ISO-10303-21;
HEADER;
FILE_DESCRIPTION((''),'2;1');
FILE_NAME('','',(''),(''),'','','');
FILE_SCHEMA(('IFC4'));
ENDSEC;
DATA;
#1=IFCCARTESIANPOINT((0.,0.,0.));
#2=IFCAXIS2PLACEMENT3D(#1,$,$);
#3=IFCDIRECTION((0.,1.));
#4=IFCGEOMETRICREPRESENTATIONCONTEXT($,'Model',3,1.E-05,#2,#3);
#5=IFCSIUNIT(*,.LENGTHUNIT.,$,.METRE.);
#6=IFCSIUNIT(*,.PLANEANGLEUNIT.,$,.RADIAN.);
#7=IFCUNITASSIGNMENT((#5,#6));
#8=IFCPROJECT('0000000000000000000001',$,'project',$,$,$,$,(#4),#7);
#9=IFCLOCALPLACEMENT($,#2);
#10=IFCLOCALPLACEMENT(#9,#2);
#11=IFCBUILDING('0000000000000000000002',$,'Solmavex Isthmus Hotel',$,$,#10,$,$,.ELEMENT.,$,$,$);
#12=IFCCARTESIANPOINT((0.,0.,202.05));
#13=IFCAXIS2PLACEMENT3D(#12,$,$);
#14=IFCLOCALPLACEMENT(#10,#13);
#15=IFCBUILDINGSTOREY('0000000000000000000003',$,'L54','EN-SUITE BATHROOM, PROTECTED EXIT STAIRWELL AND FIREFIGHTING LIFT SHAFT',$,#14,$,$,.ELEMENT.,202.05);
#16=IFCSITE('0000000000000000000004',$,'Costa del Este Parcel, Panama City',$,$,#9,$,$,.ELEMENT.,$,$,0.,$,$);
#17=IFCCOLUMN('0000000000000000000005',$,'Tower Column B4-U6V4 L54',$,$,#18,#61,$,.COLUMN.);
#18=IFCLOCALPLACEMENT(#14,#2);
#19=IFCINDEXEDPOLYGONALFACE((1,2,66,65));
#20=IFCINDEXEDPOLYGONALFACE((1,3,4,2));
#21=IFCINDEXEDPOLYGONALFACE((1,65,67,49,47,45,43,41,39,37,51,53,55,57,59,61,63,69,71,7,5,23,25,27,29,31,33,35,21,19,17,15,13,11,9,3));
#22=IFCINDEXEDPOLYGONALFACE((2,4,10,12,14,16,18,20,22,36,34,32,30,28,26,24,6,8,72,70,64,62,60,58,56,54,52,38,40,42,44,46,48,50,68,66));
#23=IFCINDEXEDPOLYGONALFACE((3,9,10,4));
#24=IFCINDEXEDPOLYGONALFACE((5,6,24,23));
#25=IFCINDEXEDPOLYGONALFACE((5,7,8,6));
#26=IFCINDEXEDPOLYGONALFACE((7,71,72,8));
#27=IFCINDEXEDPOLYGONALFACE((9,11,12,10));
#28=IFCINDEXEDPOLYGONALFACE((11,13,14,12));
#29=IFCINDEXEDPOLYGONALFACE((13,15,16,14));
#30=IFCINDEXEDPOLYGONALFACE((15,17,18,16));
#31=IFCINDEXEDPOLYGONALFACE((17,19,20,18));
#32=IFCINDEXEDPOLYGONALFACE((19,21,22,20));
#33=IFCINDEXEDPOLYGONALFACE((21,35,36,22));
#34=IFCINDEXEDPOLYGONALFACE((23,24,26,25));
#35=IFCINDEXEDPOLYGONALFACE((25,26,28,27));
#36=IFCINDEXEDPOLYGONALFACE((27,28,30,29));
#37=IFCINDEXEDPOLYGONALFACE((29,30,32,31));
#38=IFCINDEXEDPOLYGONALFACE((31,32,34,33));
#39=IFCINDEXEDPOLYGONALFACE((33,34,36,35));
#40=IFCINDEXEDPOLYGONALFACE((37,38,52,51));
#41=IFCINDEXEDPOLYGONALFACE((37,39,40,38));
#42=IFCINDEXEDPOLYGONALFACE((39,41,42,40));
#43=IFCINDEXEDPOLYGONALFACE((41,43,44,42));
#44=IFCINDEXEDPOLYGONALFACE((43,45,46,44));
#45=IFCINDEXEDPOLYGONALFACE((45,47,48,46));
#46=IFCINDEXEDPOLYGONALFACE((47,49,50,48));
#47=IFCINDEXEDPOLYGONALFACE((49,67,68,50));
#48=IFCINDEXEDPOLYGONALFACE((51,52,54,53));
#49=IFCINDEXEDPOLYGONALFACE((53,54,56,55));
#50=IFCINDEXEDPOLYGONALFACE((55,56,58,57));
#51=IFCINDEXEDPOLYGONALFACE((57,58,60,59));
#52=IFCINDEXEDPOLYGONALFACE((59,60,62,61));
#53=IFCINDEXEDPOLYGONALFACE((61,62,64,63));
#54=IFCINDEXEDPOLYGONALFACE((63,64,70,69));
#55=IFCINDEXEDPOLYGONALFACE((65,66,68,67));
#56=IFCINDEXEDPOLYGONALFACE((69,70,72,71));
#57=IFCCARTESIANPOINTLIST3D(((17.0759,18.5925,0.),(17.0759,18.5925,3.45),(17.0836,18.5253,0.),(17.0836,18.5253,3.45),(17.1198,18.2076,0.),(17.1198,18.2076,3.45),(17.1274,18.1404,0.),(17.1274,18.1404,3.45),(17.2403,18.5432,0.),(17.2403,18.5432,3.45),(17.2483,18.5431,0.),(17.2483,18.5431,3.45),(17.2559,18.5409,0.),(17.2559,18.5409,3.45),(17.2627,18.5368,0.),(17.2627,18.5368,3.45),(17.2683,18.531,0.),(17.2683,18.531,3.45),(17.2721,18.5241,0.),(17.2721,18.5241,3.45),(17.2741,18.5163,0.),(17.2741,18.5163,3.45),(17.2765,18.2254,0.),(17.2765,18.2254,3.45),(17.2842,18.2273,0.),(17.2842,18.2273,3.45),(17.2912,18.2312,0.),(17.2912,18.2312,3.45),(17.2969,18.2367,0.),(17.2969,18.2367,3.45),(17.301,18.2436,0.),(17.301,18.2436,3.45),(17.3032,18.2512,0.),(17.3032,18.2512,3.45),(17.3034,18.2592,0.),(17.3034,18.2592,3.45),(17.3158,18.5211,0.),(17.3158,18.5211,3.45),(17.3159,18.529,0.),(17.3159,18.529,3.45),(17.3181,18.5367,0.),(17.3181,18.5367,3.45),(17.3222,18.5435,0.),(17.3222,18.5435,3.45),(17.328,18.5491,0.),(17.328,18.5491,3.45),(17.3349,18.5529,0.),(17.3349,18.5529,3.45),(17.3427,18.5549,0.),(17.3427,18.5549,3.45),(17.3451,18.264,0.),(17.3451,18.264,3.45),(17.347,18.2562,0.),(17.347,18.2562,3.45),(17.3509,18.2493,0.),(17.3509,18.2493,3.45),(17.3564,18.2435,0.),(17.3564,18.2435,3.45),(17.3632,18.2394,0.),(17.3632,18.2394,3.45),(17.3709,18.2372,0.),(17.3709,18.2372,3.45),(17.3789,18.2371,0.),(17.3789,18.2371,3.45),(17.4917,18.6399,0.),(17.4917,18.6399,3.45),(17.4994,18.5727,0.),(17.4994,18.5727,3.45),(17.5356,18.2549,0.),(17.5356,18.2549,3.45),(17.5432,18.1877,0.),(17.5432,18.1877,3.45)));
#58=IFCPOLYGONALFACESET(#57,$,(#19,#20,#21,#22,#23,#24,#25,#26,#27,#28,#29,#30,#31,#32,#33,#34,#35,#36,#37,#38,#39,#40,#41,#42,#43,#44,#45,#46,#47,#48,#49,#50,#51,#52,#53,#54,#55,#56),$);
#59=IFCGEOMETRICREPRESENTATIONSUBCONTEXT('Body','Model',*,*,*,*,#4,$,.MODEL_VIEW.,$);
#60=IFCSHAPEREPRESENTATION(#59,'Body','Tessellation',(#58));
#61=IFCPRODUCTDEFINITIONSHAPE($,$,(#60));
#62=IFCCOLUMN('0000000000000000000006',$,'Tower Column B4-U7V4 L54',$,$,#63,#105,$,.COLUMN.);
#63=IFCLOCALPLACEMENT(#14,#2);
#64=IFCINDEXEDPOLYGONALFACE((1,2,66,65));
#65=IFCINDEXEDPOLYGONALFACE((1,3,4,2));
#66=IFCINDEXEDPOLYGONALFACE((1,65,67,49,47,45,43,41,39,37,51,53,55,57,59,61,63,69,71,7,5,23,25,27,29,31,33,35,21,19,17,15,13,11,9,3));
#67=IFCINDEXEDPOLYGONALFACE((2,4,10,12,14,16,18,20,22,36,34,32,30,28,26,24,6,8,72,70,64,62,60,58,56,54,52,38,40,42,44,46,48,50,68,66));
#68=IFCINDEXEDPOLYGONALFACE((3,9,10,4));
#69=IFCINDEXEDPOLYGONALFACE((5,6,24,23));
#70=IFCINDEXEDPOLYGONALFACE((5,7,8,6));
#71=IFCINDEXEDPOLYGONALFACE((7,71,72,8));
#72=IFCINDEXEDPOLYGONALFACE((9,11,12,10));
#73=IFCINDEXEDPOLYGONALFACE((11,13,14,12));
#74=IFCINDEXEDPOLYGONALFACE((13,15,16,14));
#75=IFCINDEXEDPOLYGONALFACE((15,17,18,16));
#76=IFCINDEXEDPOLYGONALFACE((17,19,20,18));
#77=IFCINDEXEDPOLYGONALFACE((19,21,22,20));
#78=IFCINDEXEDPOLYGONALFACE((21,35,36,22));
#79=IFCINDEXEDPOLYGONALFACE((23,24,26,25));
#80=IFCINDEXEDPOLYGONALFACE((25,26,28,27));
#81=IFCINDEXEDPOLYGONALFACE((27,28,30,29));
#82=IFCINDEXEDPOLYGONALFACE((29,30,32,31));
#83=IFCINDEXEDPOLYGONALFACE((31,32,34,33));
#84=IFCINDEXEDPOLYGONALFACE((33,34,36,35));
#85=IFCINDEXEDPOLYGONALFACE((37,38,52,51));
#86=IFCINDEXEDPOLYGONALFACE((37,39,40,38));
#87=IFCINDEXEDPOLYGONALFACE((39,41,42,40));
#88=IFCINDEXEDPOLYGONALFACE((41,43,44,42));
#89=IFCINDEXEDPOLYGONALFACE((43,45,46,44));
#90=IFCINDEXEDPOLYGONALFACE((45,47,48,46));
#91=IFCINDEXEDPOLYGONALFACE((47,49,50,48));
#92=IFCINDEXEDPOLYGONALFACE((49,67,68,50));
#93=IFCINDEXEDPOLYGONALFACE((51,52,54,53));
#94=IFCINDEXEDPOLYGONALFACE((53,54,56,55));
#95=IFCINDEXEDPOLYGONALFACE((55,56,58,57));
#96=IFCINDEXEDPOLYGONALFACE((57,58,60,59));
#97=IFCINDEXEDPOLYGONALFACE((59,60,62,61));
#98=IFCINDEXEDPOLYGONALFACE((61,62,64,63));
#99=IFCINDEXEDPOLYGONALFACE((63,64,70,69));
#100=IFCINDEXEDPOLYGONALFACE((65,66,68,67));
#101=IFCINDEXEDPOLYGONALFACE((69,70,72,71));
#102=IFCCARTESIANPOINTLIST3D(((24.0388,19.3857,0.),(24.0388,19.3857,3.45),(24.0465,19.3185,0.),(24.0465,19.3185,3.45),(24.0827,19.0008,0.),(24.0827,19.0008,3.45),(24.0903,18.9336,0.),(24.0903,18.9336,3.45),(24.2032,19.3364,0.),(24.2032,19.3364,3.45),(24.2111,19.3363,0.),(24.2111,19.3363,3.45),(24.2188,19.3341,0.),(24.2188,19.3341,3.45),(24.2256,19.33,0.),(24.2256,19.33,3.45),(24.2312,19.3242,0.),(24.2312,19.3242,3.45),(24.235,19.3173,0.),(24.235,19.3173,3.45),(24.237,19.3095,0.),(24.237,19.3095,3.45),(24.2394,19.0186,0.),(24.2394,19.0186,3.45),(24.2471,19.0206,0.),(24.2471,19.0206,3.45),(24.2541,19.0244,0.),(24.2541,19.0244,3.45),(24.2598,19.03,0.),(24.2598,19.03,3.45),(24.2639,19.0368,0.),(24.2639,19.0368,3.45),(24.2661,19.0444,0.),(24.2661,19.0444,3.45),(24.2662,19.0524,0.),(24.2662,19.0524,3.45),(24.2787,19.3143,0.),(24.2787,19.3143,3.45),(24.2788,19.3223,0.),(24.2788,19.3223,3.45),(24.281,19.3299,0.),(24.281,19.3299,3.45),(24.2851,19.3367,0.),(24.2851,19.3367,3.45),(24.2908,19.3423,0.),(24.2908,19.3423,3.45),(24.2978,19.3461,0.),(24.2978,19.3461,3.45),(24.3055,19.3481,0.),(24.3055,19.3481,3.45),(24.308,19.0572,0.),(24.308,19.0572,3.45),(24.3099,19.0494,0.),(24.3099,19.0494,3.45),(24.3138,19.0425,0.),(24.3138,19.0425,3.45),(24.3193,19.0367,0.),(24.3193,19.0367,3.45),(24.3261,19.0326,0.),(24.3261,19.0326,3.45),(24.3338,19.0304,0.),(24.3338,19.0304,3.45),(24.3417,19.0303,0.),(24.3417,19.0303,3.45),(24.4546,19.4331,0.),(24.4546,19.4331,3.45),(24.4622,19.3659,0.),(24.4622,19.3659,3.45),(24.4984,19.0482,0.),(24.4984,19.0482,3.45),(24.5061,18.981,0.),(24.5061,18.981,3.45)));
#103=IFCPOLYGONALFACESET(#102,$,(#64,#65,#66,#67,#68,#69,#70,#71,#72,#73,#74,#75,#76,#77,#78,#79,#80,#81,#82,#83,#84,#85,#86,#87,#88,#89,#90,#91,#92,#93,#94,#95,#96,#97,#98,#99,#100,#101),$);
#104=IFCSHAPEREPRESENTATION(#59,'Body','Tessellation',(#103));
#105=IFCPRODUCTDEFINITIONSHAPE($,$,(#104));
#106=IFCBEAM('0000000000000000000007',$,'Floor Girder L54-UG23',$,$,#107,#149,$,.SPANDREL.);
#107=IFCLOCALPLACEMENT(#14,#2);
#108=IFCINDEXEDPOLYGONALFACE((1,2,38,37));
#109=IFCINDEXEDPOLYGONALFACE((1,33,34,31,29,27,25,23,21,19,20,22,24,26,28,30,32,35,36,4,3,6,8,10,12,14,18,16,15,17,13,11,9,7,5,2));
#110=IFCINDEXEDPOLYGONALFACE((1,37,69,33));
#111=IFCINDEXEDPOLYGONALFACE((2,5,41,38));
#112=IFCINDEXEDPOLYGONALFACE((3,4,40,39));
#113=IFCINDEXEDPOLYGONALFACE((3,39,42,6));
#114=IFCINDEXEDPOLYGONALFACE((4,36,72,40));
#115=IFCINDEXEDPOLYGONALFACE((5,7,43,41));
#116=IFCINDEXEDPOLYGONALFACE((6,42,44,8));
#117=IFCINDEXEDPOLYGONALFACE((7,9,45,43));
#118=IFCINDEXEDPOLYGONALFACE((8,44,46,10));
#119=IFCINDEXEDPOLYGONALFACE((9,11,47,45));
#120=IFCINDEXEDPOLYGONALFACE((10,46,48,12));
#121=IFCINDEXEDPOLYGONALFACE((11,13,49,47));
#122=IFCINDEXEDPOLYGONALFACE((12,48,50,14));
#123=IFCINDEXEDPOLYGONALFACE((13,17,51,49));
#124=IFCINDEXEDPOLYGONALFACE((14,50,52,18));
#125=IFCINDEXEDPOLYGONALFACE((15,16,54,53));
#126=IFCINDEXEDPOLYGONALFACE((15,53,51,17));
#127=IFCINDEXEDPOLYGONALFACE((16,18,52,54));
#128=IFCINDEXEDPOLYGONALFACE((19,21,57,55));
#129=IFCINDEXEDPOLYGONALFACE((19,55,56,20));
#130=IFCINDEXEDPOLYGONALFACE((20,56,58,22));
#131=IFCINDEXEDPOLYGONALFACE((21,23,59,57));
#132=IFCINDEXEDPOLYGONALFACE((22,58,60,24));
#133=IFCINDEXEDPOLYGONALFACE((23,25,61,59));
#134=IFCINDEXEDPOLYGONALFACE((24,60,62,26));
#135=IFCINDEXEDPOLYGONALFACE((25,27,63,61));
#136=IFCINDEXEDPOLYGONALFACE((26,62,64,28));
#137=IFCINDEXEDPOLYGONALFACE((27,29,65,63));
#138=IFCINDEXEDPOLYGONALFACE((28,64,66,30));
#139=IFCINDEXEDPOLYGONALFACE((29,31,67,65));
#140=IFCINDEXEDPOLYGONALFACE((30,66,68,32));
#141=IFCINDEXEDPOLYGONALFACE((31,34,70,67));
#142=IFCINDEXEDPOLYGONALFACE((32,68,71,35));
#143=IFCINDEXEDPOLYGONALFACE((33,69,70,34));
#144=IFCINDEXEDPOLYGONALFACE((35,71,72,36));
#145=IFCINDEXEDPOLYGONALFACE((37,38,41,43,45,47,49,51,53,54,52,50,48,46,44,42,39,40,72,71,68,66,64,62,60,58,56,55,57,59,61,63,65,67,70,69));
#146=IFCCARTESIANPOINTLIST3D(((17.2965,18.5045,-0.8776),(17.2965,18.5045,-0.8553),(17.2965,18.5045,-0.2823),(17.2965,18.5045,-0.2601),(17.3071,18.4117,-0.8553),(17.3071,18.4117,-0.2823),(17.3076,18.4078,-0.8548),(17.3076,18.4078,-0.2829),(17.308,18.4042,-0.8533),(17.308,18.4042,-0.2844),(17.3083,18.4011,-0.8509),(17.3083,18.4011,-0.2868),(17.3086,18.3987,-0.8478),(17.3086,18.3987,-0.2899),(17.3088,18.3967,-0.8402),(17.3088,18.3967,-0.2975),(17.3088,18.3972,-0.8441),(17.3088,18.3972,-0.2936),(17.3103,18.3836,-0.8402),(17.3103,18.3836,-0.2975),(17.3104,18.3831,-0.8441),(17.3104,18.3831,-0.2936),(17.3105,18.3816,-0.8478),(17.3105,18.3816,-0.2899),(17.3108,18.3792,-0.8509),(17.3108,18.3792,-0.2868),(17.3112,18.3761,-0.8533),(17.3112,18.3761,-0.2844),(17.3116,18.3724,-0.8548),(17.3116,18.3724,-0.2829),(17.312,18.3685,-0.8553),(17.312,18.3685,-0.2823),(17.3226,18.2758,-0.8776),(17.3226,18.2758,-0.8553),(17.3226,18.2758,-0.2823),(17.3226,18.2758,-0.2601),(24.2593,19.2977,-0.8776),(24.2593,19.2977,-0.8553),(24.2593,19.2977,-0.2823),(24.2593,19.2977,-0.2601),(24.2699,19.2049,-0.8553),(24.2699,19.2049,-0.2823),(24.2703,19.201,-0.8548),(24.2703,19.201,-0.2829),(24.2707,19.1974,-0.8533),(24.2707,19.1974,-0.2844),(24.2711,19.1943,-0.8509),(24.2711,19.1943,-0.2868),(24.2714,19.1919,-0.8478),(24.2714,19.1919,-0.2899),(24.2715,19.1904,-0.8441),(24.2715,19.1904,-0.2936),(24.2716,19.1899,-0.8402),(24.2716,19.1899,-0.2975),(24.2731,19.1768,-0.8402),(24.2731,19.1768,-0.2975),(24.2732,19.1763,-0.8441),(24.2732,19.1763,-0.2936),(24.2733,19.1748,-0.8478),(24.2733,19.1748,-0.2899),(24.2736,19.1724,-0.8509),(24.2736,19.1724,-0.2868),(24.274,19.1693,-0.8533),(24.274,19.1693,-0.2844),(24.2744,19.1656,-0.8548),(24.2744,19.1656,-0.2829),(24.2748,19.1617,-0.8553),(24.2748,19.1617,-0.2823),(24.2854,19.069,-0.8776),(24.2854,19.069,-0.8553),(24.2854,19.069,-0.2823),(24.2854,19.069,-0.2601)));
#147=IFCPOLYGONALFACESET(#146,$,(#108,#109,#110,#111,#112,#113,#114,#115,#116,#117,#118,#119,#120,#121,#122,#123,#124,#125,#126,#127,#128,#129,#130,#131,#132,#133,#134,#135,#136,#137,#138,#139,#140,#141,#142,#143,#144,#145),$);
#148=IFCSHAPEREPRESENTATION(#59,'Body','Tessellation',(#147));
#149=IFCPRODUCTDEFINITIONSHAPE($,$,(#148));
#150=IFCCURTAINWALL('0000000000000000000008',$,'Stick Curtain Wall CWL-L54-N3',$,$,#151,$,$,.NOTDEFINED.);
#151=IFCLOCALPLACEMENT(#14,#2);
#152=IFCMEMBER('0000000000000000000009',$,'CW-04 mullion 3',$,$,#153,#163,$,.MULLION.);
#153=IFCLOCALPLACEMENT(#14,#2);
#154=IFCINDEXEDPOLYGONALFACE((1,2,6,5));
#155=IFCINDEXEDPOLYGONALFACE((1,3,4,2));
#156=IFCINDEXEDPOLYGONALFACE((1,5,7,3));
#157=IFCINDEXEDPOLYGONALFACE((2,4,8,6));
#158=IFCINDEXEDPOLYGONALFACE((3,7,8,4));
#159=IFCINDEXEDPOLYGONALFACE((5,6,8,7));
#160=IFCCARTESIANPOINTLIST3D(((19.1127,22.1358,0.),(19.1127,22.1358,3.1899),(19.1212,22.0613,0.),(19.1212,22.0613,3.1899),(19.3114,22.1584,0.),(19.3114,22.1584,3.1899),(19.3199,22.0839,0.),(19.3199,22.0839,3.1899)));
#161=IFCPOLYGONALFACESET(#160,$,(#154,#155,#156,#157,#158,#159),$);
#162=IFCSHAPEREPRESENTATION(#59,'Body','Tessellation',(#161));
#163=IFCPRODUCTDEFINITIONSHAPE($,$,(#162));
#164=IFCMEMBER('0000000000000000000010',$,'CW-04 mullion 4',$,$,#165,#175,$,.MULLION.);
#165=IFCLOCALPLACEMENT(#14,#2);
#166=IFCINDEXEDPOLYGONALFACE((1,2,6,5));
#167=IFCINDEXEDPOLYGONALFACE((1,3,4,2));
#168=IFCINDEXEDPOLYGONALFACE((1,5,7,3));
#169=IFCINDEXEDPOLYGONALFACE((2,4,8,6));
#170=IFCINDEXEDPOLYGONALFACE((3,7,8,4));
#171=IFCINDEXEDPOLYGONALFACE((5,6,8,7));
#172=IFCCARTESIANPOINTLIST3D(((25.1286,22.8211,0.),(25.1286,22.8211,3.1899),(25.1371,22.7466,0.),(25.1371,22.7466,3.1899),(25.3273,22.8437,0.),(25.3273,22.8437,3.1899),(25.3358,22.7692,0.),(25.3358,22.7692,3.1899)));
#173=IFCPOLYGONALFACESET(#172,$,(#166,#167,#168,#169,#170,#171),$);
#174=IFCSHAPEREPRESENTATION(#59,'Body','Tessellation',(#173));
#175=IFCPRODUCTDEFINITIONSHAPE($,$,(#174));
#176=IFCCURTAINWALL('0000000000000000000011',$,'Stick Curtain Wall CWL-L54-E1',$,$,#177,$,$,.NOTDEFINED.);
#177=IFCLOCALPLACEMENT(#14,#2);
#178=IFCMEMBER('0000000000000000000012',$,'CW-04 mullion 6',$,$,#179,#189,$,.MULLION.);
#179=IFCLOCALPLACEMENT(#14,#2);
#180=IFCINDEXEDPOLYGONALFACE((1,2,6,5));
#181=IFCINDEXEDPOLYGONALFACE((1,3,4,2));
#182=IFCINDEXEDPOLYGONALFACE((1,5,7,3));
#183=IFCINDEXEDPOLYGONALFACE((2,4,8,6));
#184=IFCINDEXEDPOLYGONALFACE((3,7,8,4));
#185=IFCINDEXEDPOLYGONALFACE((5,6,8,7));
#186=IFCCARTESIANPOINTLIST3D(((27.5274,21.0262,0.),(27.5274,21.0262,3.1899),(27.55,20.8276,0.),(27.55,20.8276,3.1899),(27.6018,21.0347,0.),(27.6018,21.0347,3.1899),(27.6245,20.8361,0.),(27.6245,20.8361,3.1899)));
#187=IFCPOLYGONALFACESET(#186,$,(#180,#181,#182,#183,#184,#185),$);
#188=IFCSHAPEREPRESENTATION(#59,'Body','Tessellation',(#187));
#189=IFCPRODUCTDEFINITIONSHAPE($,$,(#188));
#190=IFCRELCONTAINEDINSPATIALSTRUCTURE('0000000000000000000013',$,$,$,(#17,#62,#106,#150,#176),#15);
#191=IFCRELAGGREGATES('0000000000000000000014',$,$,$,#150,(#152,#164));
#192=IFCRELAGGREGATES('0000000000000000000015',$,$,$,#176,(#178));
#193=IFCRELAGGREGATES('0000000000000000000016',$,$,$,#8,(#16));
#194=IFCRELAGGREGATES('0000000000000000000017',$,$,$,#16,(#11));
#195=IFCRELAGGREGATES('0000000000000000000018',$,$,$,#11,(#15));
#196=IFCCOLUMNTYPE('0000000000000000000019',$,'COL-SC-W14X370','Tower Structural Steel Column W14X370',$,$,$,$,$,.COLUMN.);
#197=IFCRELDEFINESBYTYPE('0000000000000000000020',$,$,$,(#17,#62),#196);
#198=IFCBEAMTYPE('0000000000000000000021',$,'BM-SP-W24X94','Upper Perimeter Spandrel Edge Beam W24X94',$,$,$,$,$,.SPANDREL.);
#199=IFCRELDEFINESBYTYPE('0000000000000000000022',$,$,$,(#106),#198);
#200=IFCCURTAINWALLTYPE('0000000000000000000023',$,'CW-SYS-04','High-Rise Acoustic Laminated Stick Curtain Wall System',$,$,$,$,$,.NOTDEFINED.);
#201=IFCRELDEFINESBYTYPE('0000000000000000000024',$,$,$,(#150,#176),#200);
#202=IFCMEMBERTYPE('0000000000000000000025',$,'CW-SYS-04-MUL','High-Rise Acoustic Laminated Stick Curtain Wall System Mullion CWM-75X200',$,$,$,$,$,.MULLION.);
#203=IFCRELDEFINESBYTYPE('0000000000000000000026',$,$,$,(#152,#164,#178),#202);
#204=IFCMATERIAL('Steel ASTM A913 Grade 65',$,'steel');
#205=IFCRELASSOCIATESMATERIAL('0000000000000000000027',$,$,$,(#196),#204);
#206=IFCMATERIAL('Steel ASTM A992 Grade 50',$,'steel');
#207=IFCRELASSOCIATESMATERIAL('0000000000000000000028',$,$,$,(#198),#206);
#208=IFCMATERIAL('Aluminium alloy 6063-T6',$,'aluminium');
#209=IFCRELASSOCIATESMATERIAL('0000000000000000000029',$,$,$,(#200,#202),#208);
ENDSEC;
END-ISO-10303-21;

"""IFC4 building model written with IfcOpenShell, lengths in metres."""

from ifc_helpers import new_model, si_unit, direction, frame, origin, origin_2d, place, context, subcontext, project, spatial, rectangle, i_section, extrude, material, material_profile, profile_set, type_object, element, aggregate, save


model = new_model("IFC4")

# Units and contexts
model_context = context("Model", 3, precision=1e-05, world=origin(), true_north=direction((0.0, 1.0)))
body_context = subcontext(model_context, "Body", "Model", "MODEL_VIEW")
ifc_project = project(units=[si_unit("LENGTHUNIT", "METRE"), si_unit("PLANEANGLEUNIT", "RADIAN")], contexts=[model_context])

# Site, building, storey
site_placement = place(None, origin())
site = spatial("IfcSite", under=ifc_project, at=site_placement, Name="Costa del Este Parcel, Panama City", CompositionType="ELEMENT", RefElevation=0.0)
building_placement = place(site_placement, origin())
building = spatial("IfcBuilding", under=site, at=building_placement, Name="Solmavex Isthmus Hotel", CompositionType="ELEMENT")
storey_placement = place(building_placement, frame((0.0, 0.0, 202.05)))
storey = spatial("IfcBuildingStorey", under=building, at=storey_placement, Name="L54", Description="EN-SUITE BATHROOM, PROTECTED EXIT STAIRWELL AND FIREFIGHTING LIFT SHAFT", CompositionType="ELEMENT", Elevation=202.05)

# Columns
ifc_material_1 = material(Name="Steel ASTM A913 Grade 65", Category="steel")
ifc_material_profile_1 = material_profile(ifc_material_1, i_section(OverallWidth=0.4185, OverallDepth=0.4551, WebThickness=0.042, FlangeThickness=0.0676, FilletRadius=0.0305, at=origin_2d()), Name="W14X370")
ifc_profile_set_1 = profile_set([ifc_material_profile_1], Name="Steel ASTM A913 Grade 65")
column_type = type_object("IfcColumnType", Name="COL-SC-W14X370", Description="Tower Structural Steel Column W14X370", PredefinedType="COLUMN", material=ifc_profile_set_1)
for number, where, z_axis, x_axis, name in (
    (1, (17.3096, 18.3901, 0.0), (0.0, 0.0, 1.0), (0.993572, 0.113203, 0.0), "Tower Column B4-U6V4 L54"),
    (2, (24.2725, 19.1833, 0.0), (0.0, 0.0, 1.0), (0.993572, 0.113203, 0.0), "Tower Column B4-U7V4 L54"),
):
    element("IfcColumn", number, at=place(storey_placement, frame(where, z_axis=z_axis, x_axis=x_axis)), inside=storey, type_object=column_type, Name=name, PredefinedType="COLUMN", context=body_context, shape_type="SweptSolid", body=[
        extrude(i_section(OverallWidth=0.4185, OverallDepth=0.4551, WebThickness=0.042, FlangeThickness=0.0676, FilletRadius=0.0305, at=origin_2d()), origin(), (0.0, 0.0, 1.0), 3.45),
    ])

# Beam
ifc_material_2 = material(Name="Steel ASTM A992 Grade 50", Category="steel")
ifc_material_profile_2 = material_profile(ifc_material_2, i_section(OverallWidth=0.2302, OverallDepth=0.6174, WebThickness=0.0132, FlangeThickness=0.0222, FilletRadius=0.0151, at=origin_2d()), Name="W24X94")
ifc_profile_set_2 = profile_set([ifc_material_profile_2], Name="Steel ASTM A992 Grade 50")
beam_type = type_object("IfcBeamType", Name="BM-SP-W24X94", Description="Upper Perimeter Spandrel Edge Beam W24X94", PredefinedType="SPANDREL", material=ifc_profile_set_2)
beam_placement = place(storey_placement, frame((17.3096, 18.3901, -0.5688), z_axis=(0.993574, 0.113188, 0.0), x_axis=(-0.113188, 0.993574, 0.0)))
element("IfcBeam", 3, at=beam_placement, inside=storey, type_object=beam_type, Name="Floor Girder L54-UG23", PredefinedType="SPANDREL", context=body_context, shape_type="SweptSolid", body=[
    extrude(i_section(OverallWidth=0.2302, OverallDepth=0.6174, WebThickness=0.0132, FlangeThickness=0.0222, FilletRadius=0.0151, at=origin_2d()), origin(), (0.0, 0.0, 1.0), 7.0078),
])

# Curtain wall, members
ifc_material_3 = material(Name="Aluminium alloy 6063-T6", Category="aluminium")
curtain_wall_type = type_object("IfcCurtainWallType", Name="CW-SYS-04", Description="High-Rise Acoustic Laminated Stick Curtain Wall System", PredefinedType="NOTDEFINED", material=ifc_material_3)
curtain_wall_1_placement = place(storey_placement, origin())
curtain_wall_1 = element("IfcCurtainWall", 4, at=curtain_wall_1_placement, inside=storey, type_object=curtain_wall_type, Name="Stick Curtain Wall CWL-L54-N3", PredefinedType="NOTDEFINED")
ifc_material_profile_3 = material_profile(ifc_material_3, rectangle(XDim=0.075, YDim=0.2, at=origin_2d()), Name="CWM-75X200")
ifc_profile_set_3 = profile_set([ifc_material_profile_3], Name="Aluminium alloy 6063-T6")
member_type_1 = type_object("IfcMemberType", Name="CW-SYS-04-MUL", Description="High-Rise Acoustic Laminated Stick Curtain Wall System Mullion CWM-75X200", PredefinedType="MULLION", material=ifc_profile_set_3)
member_1_placement = place(storey_placement, frame((19.2163, 22.1099, 0.0), z_axis=(0.0, 0.0, 1.0), x_axis=(-0.113203, 0.993572, 0.0)))
member_1 = element("IfcMember", 5, at=member_1_placement, type_object=member_type_1, Name="CW-04 mullion 3", PredefinedType="MULLION", context=body_context, shape_type="SweptSolid", body=[
    extrude(rectangle(XDim=0.075, YDim=0.2, at=origin_2d()), origin(), (0.0, 0.0, 1.0), 3.1899),
])
member_2_placement = place(storey_placement, frame((25.2322, 22.7952, 0.0), z_axis=(0.0, 0.0, 1.0), x_axis=(-0.113203, 0.993572, 0.0)))
member_2 = element("IfcMember", 6, at=member_2_placement, type_object=member_type_1, Name="CW-04 mullion 4", PredefinedType="MULLION", context=body_context, shape_type="SweptSolid", body=[
    extrude(rectangle(XDim=0.075, YDim=0.2, at=origin_2d()), origin(), (0.0, 0.0, 1.0), 3.1899),
])

# Curtain wall, member
curtain_wall_2_placement = place(storey_placement, origin())
curtain_wall_2 = element("IfcCurtainWall", 7, at=curtain_wall_2_placement, inside=storey, type_object=curtain_wall_type, Name="Stick Curtain Wall CWL-L54-E1", PredefinedType="NOTDEFINED")
member_3_placement = place(storey_placement, frame((27.5759, 20.9312, 0.0), z_axis=(0.0, 0.0, 1.0), x_axis=(-0.993572, -0.113203, 0.0)))
member_3 = element("IfcMember", 8, at=member_3_placement, type_object=member_type_1, Name="CW-04 mullion 6", PredefinedType="MULLION", context=body_context, shape_type="SweptSolid", body=[
    extrude(rectangle(XDim=0.075, YDim=0.2, at=origin_2d()), origin(), (0.0, 0.0, 1.0), 3.1899),
])

aggregate(curtain_wall_1, [member_1, member_2])
aggregate(curtain_wall_2, [member_3])

save(model, "model.ifc")
